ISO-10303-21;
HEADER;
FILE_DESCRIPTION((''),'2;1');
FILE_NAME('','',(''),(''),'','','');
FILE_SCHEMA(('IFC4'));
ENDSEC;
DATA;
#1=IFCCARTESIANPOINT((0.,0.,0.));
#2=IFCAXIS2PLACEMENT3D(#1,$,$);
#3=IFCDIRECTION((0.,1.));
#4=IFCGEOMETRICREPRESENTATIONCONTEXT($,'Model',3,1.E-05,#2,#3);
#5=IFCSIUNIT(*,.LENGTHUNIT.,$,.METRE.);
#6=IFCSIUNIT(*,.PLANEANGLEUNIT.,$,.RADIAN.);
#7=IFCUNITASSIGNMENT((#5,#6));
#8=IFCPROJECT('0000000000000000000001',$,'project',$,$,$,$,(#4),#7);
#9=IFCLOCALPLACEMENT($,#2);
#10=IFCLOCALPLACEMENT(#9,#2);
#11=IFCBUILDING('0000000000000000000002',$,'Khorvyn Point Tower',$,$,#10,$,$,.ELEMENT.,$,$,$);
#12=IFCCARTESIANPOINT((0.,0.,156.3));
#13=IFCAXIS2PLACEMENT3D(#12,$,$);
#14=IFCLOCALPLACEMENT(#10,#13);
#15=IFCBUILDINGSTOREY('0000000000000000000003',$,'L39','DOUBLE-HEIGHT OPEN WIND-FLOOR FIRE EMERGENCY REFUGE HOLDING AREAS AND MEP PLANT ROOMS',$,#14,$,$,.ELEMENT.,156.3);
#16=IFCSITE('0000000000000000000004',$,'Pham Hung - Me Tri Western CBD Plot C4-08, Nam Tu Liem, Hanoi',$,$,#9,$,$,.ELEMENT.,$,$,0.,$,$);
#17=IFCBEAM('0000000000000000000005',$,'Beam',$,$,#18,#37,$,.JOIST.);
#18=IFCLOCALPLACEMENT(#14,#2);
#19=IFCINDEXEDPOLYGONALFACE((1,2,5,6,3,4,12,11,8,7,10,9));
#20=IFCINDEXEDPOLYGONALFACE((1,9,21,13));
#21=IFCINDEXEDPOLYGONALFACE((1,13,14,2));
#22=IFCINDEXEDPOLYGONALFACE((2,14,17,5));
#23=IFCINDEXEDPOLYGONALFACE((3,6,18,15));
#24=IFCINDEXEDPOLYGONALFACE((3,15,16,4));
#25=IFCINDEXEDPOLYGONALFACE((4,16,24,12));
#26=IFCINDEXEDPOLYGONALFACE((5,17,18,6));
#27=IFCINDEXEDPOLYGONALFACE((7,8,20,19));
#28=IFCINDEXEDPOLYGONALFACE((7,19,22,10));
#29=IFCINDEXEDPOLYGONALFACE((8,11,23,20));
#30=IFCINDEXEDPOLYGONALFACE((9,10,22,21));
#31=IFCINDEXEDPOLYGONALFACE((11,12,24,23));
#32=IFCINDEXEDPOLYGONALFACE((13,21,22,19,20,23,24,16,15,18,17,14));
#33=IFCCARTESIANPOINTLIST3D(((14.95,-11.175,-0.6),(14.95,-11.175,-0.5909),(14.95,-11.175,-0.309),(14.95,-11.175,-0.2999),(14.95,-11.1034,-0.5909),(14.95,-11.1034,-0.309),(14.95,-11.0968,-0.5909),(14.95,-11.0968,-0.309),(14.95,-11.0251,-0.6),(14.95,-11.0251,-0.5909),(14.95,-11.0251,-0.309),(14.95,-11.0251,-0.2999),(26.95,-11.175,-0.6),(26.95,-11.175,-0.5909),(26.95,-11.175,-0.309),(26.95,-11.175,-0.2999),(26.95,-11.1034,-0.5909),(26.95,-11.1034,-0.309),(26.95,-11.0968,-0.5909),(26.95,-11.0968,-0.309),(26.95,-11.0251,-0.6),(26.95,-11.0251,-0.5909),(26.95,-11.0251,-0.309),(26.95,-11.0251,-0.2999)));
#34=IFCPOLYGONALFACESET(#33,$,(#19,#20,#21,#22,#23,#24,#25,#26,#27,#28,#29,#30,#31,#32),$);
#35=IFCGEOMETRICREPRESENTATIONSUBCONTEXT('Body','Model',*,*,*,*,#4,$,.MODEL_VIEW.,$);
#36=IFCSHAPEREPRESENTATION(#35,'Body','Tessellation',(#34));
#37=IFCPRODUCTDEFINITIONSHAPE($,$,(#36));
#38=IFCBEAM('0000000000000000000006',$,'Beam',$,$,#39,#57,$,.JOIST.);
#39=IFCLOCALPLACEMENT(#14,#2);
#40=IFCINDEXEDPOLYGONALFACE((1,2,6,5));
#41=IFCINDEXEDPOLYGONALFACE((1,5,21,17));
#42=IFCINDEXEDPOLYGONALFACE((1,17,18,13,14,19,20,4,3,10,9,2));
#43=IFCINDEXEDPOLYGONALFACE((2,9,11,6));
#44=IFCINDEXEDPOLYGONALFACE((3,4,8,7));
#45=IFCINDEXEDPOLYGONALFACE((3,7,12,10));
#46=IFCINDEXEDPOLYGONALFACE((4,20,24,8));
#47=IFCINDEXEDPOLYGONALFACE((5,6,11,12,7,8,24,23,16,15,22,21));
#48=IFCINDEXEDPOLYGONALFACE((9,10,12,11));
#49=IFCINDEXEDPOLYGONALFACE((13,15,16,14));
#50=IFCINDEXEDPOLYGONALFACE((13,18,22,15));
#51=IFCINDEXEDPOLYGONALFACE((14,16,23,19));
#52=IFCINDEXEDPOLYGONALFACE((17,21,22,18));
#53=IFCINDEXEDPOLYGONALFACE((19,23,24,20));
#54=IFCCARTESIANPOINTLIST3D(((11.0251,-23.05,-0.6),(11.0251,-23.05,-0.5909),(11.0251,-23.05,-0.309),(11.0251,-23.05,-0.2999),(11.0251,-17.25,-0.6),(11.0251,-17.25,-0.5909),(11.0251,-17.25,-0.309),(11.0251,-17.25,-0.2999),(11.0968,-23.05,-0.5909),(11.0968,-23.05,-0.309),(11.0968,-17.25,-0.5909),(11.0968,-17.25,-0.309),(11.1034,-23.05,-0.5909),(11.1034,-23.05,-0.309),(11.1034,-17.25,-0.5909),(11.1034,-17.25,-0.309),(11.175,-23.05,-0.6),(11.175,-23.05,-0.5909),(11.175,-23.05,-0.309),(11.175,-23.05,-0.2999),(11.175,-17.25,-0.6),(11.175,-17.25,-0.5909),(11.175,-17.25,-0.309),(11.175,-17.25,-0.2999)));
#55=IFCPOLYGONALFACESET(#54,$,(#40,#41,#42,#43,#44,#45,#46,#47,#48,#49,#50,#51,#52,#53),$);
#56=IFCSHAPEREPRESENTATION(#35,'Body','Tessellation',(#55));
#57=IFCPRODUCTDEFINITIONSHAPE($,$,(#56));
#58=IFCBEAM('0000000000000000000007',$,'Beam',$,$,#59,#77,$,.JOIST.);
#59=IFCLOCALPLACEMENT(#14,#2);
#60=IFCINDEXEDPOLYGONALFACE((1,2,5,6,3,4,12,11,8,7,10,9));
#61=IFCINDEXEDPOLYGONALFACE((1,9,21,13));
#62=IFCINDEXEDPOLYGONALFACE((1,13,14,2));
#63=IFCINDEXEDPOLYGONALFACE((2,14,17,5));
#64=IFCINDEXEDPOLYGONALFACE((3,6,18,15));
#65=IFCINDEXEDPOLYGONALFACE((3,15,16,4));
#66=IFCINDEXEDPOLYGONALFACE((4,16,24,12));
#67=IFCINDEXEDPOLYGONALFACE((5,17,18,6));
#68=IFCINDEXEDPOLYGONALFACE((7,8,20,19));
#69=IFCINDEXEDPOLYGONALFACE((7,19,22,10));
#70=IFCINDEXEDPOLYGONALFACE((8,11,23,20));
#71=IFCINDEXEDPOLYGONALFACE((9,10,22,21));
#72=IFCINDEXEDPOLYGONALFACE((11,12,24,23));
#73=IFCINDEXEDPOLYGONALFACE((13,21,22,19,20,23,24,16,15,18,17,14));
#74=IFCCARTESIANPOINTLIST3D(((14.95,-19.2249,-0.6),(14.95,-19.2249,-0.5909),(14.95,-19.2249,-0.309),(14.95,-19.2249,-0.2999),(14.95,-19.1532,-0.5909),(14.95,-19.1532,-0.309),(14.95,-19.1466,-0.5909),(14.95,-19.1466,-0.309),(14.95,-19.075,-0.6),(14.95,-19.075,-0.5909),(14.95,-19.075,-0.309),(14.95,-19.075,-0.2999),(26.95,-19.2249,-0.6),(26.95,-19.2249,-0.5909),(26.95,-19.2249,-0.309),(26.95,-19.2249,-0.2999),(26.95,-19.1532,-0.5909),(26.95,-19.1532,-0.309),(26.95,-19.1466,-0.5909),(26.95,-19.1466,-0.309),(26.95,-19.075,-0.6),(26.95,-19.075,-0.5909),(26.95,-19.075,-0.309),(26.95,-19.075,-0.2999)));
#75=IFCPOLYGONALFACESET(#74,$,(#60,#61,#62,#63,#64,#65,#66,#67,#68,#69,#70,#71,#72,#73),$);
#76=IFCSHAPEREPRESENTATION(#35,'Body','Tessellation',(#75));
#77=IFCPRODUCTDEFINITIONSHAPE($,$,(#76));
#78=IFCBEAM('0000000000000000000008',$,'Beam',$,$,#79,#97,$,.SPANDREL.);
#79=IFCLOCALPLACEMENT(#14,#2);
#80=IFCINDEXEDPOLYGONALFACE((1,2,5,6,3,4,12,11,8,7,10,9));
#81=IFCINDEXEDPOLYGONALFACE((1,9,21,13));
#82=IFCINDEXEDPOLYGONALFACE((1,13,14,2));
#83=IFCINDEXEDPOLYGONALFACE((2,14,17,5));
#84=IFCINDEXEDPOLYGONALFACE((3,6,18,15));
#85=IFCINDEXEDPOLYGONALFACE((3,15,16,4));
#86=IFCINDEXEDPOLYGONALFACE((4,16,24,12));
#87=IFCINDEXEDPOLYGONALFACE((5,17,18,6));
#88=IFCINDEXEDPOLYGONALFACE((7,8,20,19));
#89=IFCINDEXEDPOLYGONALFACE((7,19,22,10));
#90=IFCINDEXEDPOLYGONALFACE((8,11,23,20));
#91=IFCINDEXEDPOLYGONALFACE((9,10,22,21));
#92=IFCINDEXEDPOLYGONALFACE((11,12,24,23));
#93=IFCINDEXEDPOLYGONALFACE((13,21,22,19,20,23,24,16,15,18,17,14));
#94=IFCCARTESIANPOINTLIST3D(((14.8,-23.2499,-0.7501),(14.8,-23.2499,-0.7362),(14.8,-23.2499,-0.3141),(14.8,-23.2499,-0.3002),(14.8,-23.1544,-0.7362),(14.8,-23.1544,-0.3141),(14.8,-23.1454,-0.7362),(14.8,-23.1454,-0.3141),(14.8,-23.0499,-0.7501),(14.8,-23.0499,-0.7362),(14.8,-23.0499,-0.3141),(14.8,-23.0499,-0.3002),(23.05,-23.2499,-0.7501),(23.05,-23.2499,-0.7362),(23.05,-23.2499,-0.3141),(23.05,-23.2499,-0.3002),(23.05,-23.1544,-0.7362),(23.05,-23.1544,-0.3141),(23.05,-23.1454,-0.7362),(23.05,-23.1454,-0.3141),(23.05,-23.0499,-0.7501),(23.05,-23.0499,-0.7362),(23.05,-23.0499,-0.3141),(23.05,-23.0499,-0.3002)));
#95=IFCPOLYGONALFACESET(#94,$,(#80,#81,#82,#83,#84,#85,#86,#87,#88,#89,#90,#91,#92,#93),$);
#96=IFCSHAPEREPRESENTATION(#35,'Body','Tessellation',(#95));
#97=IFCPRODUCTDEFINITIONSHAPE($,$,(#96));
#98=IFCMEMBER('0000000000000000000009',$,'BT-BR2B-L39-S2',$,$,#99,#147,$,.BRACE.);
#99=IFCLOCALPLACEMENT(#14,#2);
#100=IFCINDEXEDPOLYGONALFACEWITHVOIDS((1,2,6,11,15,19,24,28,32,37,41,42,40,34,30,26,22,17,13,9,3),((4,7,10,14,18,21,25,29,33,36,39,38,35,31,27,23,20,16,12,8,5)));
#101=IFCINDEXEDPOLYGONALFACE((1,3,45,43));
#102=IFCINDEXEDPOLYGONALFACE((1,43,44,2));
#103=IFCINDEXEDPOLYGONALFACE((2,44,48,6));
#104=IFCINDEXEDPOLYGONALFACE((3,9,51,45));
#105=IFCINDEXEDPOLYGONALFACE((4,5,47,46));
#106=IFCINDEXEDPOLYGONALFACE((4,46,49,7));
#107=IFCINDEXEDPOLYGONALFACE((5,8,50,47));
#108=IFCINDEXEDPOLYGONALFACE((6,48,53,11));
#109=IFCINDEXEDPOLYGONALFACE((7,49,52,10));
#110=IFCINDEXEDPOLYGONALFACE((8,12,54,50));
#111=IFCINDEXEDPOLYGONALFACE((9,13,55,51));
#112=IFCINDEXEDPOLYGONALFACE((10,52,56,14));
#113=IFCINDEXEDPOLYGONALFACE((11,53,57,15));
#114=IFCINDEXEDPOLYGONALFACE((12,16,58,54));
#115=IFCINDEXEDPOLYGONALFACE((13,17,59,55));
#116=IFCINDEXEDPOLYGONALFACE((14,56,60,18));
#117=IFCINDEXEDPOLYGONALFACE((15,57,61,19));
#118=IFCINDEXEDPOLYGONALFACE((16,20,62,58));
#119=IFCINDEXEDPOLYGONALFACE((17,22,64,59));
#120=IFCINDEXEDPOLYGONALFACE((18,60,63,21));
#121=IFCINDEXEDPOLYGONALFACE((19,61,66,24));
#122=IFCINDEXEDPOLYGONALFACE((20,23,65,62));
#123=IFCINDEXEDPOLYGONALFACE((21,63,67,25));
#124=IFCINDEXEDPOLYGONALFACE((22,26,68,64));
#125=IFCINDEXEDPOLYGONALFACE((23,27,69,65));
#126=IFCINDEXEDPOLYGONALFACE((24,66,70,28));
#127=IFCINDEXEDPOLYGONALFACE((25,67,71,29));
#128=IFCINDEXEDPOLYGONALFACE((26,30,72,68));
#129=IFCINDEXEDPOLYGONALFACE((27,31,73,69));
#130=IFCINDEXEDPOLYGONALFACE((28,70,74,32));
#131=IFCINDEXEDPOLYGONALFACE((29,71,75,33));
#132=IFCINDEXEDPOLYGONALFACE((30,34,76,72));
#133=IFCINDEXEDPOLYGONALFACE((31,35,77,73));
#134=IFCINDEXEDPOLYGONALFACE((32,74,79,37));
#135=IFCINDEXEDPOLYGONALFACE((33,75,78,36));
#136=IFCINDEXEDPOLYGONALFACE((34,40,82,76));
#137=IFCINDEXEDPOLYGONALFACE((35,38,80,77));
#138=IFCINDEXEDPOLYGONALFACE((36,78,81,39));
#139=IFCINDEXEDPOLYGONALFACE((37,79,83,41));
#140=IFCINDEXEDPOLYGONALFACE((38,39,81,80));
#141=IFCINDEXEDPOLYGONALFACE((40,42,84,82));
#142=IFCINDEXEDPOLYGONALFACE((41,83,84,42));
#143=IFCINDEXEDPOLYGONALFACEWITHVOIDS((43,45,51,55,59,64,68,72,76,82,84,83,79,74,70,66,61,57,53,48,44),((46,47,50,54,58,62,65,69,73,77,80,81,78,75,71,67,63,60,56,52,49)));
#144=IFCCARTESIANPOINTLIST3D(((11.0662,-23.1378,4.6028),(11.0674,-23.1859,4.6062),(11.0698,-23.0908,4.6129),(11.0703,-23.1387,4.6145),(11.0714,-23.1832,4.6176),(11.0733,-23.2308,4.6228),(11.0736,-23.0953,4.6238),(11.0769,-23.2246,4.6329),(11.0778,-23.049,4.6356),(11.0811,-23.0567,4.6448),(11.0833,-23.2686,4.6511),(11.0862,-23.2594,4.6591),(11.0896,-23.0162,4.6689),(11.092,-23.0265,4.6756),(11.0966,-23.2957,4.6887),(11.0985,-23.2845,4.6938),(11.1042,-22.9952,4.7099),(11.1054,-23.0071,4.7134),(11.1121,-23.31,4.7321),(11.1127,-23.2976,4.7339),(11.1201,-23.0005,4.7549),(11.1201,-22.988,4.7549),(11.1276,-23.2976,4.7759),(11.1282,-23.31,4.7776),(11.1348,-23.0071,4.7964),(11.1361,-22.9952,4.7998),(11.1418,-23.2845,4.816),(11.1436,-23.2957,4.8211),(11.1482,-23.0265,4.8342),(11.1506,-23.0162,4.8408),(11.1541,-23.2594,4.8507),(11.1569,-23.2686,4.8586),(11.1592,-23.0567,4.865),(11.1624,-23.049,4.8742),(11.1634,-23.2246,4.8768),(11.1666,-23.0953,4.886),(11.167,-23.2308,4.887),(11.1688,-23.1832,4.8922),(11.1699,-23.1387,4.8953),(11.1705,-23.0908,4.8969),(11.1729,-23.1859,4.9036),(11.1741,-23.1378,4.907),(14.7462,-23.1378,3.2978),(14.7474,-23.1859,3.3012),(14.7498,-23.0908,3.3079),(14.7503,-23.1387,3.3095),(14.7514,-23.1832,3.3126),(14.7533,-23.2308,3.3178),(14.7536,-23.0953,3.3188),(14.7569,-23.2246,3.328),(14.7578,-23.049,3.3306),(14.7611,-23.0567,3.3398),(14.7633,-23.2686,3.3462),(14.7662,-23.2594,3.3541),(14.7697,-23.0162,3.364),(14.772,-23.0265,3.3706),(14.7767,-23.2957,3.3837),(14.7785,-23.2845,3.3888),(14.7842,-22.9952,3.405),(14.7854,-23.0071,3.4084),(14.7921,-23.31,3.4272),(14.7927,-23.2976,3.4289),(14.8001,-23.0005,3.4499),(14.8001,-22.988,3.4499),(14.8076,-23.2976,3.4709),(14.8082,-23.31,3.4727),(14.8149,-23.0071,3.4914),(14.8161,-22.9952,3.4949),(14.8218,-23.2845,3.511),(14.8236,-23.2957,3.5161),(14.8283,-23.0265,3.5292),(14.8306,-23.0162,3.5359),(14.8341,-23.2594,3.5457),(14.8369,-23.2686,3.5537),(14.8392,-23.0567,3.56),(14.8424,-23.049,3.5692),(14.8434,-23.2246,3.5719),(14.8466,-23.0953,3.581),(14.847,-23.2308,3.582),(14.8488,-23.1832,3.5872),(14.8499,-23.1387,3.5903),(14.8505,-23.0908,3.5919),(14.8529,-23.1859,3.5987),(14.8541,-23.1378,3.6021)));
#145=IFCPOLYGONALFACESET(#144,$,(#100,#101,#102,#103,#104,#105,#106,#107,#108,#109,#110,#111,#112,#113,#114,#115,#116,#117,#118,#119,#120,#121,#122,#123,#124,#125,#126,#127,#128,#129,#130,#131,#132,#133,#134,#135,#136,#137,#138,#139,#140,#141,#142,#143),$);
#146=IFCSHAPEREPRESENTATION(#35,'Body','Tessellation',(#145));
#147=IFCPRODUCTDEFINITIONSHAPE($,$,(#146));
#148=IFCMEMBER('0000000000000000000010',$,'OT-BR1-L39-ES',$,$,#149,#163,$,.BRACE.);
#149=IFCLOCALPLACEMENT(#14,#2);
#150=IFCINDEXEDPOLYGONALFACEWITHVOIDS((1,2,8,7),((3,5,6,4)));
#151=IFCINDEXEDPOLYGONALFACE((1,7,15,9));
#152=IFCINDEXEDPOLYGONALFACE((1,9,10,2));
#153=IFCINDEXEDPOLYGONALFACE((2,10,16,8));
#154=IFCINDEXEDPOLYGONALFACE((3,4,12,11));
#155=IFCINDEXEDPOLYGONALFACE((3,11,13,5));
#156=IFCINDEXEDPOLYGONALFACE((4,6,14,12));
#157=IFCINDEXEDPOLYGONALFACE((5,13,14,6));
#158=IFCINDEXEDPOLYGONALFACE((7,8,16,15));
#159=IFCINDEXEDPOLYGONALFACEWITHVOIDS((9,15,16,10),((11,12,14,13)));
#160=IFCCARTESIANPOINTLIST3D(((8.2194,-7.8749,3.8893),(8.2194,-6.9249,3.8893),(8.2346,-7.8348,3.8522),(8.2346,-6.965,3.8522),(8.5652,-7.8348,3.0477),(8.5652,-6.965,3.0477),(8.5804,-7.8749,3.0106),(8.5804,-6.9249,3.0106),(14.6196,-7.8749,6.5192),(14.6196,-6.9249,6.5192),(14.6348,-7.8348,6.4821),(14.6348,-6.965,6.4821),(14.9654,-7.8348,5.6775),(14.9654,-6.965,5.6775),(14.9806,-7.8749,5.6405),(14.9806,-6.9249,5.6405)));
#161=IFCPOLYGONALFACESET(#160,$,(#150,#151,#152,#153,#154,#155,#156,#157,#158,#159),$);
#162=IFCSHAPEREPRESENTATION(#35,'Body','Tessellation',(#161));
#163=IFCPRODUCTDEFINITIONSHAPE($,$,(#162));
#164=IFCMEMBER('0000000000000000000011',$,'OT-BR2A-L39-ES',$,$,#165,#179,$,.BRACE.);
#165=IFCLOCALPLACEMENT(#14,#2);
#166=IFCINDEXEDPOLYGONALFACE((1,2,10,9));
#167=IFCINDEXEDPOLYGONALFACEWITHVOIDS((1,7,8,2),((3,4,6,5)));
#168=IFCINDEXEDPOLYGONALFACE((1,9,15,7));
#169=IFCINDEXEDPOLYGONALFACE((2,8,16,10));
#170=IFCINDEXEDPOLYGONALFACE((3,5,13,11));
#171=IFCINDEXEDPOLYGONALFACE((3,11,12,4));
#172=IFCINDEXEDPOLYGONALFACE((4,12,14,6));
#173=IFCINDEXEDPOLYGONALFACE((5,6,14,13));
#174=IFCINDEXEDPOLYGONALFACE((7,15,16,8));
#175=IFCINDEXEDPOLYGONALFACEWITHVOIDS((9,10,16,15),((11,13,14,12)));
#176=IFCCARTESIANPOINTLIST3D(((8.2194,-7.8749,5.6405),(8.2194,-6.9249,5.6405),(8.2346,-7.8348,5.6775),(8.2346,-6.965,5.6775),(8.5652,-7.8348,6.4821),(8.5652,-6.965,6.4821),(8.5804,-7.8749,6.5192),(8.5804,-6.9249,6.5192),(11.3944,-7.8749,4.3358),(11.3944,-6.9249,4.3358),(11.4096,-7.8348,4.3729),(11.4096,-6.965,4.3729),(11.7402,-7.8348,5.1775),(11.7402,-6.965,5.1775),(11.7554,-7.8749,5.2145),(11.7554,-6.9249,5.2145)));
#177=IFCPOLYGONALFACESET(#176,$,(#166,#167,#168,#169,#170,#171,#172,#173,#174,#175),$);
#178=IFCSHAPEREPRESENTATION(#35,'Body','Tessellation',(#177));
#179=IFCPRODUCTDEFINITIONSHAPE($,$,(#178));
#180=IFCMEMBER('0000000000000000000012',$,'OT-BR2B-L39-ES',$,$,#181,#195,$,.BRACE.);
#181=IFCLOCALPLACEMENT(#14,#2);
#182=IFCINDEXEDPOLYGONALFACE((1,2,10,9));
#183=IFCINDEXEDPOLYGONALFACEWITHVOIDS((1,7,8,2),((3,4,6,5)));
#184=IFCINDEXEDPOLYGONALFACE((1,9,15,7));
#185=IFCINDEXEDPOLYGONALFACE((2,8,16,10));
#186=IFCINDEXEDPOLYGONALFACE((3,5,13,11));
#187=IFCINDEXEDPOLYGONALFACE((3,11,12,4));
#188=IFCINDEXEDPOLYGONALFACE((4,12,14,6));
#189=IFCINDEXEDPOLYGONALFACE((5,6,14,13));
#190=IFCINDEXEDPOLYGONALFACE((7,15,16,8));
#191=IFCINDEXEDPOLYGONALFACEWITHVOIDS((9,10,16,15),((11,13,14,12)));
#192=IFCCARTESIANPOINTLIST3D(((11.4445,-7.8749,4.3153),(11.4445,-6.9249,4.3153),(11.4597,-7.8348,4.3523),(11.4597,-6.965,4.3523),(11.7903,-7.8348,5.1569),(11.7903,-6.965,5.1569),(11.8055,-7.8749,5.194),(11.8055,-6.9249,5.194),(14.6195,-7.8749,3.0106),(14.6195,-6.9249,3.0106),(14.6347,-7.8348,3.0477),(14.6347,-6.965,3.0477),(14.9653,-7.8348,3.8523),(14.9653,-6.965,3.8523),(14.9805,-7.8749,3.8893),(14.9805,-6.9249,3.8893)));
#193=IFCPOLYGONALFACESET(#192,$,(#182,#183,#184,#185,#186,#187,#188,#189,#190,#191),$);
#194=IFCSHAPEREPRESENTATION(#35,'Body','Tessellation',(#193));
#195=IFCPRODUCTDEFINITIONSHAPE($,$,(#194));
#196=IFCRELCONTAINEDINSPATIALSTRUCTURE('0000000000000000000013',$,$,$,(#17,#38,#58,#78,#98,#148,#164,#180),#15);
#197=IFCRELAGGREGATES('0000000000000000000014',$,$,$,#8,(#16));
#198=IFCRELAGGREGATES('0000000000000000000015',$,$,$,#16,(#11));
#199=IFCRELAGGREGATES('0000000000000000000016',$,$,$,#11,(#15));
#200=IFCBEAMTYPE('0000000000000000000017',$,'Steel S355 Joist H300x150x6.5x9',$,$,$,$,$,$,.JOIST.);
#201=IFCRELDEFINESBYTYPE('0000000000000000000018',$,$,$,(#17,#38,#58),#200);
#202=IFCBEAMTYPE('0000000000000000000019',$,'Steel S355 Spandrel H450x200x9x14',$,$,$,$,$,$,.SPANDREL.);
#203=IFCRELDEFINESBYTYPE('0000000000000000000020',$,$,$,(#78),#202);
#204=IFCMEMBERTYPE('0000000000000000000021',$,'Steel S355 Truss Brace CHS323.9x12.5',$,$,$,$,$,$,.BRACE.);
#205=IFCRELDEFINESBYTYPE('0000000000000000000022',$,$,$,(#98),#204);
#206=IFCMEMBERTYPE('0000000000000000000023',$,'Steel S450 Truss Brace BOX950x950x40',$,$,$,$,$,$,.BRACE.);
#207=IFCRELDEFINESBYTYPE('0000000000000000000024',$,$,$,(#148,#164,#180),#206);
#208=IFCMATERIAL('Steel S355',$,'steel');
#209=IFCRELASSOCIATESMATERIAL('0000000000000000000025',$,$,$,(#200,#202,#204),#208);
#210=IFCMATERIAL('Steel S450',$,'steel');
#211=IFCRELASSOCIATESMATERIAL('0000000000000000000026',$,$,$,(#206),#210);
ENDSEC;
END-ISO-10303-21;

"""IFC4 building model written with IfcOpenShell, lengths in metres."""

from ifc_helpers import new_model, si_unit, direction, frame, origin, origin_2d, place, context, subcontext, project, spatial, hollow_rectangle, hollow_circle, i_section, extrude, material, material_profile, profile_set, type_object, element, save


model = new_model("IFC4")

# Units and contexts
model_context = context("Model", 3, precision=1e-05, world=origin(), true_north=direction((0.0, 1.0)))
body_context = subcontext(model_context, "Body", "Model", "MODEL_VIEW")
ifc_project = project(units=[si_unit("LENGTHUNIT", "METRE"), si_unit("PLANEANGLEUNIT", "RADIAN")], contexts=[model_context])

# Site, building, storey
site_placement = place(None, origin())
site = spatial("IfcSite", under=ifc_project, at=site_placement, Name="Pham Hung - Me Tri Western CBD Plot C4-08, Nam Tu Liem, Hanoi", CompositionType="ELEMENT", RefElevation=0.0)
building_placement = place(site_placement, origin())
building = spatial("IfcBuilding", under=site, at=building_placement, Name="Khorvyn Point Tower", CompositionType="ELEMENT")
storey_placement = place(building_placement, frame((0.0, 0.0, 156.3)))
storey = spatial("IfcBuildingStorey", under=building, at=storey_placement, Name="L39", Description="DOUBLE-HEIGHT OPEN WIND-FLOOR FIRE EMERGENCY REFUGE HOLDING AREAS AND MEP PLANT ROOMS", CompositionType="ELEMENT", Elevation=156.3)

# Shared definitions
ifc_material_1 = material(Name="Steel S450", Category="steel")

# Beams
ifc_material_2 = material(Name="Steel S355", Category="steel")
ifc_material_profile_1 = material_profile(ifc_material_2, i_section(OverallWidth=0.1499, OverallDepth=0.3, WebThickness=0.0066, FlangeThickness=0.009, at=origin_2d()))
ifc_profile_set_1 = profile_set([ifc_material_profile_1], Name="Steel S355 H300x150x6.5x9")
beam_type_1 = type_object("IfcBeamType", Name="Steel S355 Joist H300x150x6.5x9", PredefinedType="JOIST", material=ifc_profile_set_1)
beam_1_placement = place(storey_placement, frame((14.95, -11.1001, -0.45), z_axis=(1.0, 0.0, 0.0), x_axis=(0.0, 1.0, 0.0)))
element("IfcBeam", 1, at=beam_1_placement, inside=storey, type_object=beam_type_1, Name="Beam", PredefinedType="JOIST", context=body_context, shape_type="SweptSolid", body=[
    extrude(i_section(OverallWidth=0.1499, OverallDepth=0.3, WebThickness=0.0066, FlangeThickness=0.009, at=origin_2d()), origin(), (0.0, 0.0, 1.0), 12.0),
])
beam_2_placement = place(storey_placement, frame((11.1001, -23.05, -0.45), z_axis=(0.0, 1.0, 0.0), x_axis=(-1.0, 0.0, 0.0)))
element("IfcBeam", 2, at=beam_2_placement, inside=storey, type_object=beam_type_1, Name="Beam", PredefinedType="JOIST", context=body_context, shape_type="SweptSolid", body=[
    extrude(i_section(OverallWidth=0.1499, OverallDepth=0.3, WebThickness=0.0066, FlangeThickness=0.009, at=origin_2d()), origin(), (0.0, 0.0, 1.0), 5.8),
])
beam_3_placement = place(storey_placement, frame((14.95, -19.1499, -0.45), z_axis=(1.0, 0.0, 0.0), x_axis=(0.0, 1.0, 0.0)))
element("IfcBeam", 3, at=beam_3_placement, inside=storey, type_object=beam_type_1, Name="Beam", PredefinedType="JOIST", context=body_context, shape_type="SweptSolid", body=[
    extrude(i_section(OverallWidth=0.1499, OverallDepth=0.3, WebThickness=0.0066, FlangeThickness=0.009, at=origin_2d()), origin(), (0.0, 0.0, 1.0), 12.0),
])
ifc_material_profile_2 = material_profile(ifc_material_2, i_section(OverallWidth=0.2, OverallDepth=0.45, WebThickness=0.009, FlangeThickness=0.0139, at=origin_2d()))
ifc_profile_set_2 = profile_set([ifc_material_profile_2], Name="Steel S355 H450x200x9x14")
beam_type_2 = type_object("IfcBeamType", Name="Steel S355 Spandrel H450x200x9x14", PredefinedType="SPANDREL", material=ifc_profile_set_2)
beam_4_placement = place(storey_placement, frame((14.8, -23.1499, -0.5251), z_axis=(1.0, 0.0, 0.0), x_axis=(0.0, 1.0, 0.0)))
element("IfcBeam", 4, at=beam_4_placement, inside=storey, type_object=beam_type_2, Name="Beam", PredefinedType="SPANDREL", context=body_context, shape_type="SweptSolid", body=[
    extrude(i_section(OverallWidth=0.2, OverallDepth=0.45, WebThickness=0.009, FlangeThickness=0.0139, at=origin_2d()), origin(), (0.0, 0.0, 1.0), 8.25),
])

# Members
ifc_material_profile_3 = material_profile(ifc_material_2, hollow_circle(Radius=0.1619, WallThickness=0.0125, at=origin_2d()))
ifc_profile_set_3 = profile_set([ifc_material_profile_3], Name="Steel S355 CHS323.9x12.5")
member_type_1 = type_object("IfcMemberType", Name="Steel S355 Truss Brace CHS323.9x12.5", PredefinedType="BRACE", material=ifc_profile_set_3)
member_1_placement = place(storey_placement, frame((11.1201, -23.1499, 4.7549), z_axis=(0.942496, 0.0, -0.334216), x_axis=(0.0, 1.0, 0.0)))
element("IfcMember", 5, at=member_1_placement, inside=storey, type_object=member_type_1, Name="BT-BR2B-L39-S2", PredefinedType="BRACE", context=body_context, shape_type="SweptSolid", body=[
    extrude(hollow_circle(Radius=0.1619, WallThickness=0.0125, at=origin_2d()), origin(), (0.0, 0.0, 1.0), 3.9045),
])
ifc_material_profile_4 = material_profile(ifc_material_1, hollow_rectangle(XDim=0.95, YDim=0.95, WallThickness=0.04, at=origin_2d()))
ifc_profile_set_4 = profile_set([ifc_material_profile_4], Name="Steel S450 BOX950x950x40")
member_type_2 = type_object("IfcMemberType", Name="Steel S450 Truss Brace BOX950x950x40", PredefinedType="BRACE", material=ifc_profile_set_4)
member_2_placement = place(storey_placement, frame((8.3999, -7.3999, 3.45), z_axis=(0.924956, 0.0, 0.380074), x_axis=(0.0, 1.0, 0.0)))
element("IfcMember", 6, at=member_2_placement, inside=storey, type_object=member_type_2, Name="OT-BR1-L39-ES", PredefinedType="BRACE", context=body_context, shape_type="SweptSolid", body=[
    extrude(hollow_rectangle(XDim=0.95, YDim=0.95, WallThickness=0.04, at=origin_2d()), origin(), (0.0, 0.0, 1.0), 6.9194),
])
for number, where, z_axis, x_axis, name in (
    (7, (8.3999, -7.3999, 6.0798), (0.924953, 0.0, -0.380081), (0.0, 1.0, 0.0), "OT-BR2A-L39-ES"),
    (8, (11.625, -7.3999, 4.7546), (0.924953, 0.0, -0.380081), (0.0, 1.0, 0.0), "OT-BR2B-L39-ES"),
):
    element("IfcMember", number, at=place(storey_placement, frame(where, z_axis=z_axis, x_axis=x_axis)), inside=storey, type_object=member_type_2, Name=name, PredefinedType="BRACE", context=body_context, shape_type="SweptSolid", body=[
        extrude(hollow_rectangle(XDim=0.95, YDim=0.95, WallThickness=0.04, at=origin_2d()), origin(), (0.0, 0.0, 1.0), 3.4326),
    ])

save(model, "model.ifc")
